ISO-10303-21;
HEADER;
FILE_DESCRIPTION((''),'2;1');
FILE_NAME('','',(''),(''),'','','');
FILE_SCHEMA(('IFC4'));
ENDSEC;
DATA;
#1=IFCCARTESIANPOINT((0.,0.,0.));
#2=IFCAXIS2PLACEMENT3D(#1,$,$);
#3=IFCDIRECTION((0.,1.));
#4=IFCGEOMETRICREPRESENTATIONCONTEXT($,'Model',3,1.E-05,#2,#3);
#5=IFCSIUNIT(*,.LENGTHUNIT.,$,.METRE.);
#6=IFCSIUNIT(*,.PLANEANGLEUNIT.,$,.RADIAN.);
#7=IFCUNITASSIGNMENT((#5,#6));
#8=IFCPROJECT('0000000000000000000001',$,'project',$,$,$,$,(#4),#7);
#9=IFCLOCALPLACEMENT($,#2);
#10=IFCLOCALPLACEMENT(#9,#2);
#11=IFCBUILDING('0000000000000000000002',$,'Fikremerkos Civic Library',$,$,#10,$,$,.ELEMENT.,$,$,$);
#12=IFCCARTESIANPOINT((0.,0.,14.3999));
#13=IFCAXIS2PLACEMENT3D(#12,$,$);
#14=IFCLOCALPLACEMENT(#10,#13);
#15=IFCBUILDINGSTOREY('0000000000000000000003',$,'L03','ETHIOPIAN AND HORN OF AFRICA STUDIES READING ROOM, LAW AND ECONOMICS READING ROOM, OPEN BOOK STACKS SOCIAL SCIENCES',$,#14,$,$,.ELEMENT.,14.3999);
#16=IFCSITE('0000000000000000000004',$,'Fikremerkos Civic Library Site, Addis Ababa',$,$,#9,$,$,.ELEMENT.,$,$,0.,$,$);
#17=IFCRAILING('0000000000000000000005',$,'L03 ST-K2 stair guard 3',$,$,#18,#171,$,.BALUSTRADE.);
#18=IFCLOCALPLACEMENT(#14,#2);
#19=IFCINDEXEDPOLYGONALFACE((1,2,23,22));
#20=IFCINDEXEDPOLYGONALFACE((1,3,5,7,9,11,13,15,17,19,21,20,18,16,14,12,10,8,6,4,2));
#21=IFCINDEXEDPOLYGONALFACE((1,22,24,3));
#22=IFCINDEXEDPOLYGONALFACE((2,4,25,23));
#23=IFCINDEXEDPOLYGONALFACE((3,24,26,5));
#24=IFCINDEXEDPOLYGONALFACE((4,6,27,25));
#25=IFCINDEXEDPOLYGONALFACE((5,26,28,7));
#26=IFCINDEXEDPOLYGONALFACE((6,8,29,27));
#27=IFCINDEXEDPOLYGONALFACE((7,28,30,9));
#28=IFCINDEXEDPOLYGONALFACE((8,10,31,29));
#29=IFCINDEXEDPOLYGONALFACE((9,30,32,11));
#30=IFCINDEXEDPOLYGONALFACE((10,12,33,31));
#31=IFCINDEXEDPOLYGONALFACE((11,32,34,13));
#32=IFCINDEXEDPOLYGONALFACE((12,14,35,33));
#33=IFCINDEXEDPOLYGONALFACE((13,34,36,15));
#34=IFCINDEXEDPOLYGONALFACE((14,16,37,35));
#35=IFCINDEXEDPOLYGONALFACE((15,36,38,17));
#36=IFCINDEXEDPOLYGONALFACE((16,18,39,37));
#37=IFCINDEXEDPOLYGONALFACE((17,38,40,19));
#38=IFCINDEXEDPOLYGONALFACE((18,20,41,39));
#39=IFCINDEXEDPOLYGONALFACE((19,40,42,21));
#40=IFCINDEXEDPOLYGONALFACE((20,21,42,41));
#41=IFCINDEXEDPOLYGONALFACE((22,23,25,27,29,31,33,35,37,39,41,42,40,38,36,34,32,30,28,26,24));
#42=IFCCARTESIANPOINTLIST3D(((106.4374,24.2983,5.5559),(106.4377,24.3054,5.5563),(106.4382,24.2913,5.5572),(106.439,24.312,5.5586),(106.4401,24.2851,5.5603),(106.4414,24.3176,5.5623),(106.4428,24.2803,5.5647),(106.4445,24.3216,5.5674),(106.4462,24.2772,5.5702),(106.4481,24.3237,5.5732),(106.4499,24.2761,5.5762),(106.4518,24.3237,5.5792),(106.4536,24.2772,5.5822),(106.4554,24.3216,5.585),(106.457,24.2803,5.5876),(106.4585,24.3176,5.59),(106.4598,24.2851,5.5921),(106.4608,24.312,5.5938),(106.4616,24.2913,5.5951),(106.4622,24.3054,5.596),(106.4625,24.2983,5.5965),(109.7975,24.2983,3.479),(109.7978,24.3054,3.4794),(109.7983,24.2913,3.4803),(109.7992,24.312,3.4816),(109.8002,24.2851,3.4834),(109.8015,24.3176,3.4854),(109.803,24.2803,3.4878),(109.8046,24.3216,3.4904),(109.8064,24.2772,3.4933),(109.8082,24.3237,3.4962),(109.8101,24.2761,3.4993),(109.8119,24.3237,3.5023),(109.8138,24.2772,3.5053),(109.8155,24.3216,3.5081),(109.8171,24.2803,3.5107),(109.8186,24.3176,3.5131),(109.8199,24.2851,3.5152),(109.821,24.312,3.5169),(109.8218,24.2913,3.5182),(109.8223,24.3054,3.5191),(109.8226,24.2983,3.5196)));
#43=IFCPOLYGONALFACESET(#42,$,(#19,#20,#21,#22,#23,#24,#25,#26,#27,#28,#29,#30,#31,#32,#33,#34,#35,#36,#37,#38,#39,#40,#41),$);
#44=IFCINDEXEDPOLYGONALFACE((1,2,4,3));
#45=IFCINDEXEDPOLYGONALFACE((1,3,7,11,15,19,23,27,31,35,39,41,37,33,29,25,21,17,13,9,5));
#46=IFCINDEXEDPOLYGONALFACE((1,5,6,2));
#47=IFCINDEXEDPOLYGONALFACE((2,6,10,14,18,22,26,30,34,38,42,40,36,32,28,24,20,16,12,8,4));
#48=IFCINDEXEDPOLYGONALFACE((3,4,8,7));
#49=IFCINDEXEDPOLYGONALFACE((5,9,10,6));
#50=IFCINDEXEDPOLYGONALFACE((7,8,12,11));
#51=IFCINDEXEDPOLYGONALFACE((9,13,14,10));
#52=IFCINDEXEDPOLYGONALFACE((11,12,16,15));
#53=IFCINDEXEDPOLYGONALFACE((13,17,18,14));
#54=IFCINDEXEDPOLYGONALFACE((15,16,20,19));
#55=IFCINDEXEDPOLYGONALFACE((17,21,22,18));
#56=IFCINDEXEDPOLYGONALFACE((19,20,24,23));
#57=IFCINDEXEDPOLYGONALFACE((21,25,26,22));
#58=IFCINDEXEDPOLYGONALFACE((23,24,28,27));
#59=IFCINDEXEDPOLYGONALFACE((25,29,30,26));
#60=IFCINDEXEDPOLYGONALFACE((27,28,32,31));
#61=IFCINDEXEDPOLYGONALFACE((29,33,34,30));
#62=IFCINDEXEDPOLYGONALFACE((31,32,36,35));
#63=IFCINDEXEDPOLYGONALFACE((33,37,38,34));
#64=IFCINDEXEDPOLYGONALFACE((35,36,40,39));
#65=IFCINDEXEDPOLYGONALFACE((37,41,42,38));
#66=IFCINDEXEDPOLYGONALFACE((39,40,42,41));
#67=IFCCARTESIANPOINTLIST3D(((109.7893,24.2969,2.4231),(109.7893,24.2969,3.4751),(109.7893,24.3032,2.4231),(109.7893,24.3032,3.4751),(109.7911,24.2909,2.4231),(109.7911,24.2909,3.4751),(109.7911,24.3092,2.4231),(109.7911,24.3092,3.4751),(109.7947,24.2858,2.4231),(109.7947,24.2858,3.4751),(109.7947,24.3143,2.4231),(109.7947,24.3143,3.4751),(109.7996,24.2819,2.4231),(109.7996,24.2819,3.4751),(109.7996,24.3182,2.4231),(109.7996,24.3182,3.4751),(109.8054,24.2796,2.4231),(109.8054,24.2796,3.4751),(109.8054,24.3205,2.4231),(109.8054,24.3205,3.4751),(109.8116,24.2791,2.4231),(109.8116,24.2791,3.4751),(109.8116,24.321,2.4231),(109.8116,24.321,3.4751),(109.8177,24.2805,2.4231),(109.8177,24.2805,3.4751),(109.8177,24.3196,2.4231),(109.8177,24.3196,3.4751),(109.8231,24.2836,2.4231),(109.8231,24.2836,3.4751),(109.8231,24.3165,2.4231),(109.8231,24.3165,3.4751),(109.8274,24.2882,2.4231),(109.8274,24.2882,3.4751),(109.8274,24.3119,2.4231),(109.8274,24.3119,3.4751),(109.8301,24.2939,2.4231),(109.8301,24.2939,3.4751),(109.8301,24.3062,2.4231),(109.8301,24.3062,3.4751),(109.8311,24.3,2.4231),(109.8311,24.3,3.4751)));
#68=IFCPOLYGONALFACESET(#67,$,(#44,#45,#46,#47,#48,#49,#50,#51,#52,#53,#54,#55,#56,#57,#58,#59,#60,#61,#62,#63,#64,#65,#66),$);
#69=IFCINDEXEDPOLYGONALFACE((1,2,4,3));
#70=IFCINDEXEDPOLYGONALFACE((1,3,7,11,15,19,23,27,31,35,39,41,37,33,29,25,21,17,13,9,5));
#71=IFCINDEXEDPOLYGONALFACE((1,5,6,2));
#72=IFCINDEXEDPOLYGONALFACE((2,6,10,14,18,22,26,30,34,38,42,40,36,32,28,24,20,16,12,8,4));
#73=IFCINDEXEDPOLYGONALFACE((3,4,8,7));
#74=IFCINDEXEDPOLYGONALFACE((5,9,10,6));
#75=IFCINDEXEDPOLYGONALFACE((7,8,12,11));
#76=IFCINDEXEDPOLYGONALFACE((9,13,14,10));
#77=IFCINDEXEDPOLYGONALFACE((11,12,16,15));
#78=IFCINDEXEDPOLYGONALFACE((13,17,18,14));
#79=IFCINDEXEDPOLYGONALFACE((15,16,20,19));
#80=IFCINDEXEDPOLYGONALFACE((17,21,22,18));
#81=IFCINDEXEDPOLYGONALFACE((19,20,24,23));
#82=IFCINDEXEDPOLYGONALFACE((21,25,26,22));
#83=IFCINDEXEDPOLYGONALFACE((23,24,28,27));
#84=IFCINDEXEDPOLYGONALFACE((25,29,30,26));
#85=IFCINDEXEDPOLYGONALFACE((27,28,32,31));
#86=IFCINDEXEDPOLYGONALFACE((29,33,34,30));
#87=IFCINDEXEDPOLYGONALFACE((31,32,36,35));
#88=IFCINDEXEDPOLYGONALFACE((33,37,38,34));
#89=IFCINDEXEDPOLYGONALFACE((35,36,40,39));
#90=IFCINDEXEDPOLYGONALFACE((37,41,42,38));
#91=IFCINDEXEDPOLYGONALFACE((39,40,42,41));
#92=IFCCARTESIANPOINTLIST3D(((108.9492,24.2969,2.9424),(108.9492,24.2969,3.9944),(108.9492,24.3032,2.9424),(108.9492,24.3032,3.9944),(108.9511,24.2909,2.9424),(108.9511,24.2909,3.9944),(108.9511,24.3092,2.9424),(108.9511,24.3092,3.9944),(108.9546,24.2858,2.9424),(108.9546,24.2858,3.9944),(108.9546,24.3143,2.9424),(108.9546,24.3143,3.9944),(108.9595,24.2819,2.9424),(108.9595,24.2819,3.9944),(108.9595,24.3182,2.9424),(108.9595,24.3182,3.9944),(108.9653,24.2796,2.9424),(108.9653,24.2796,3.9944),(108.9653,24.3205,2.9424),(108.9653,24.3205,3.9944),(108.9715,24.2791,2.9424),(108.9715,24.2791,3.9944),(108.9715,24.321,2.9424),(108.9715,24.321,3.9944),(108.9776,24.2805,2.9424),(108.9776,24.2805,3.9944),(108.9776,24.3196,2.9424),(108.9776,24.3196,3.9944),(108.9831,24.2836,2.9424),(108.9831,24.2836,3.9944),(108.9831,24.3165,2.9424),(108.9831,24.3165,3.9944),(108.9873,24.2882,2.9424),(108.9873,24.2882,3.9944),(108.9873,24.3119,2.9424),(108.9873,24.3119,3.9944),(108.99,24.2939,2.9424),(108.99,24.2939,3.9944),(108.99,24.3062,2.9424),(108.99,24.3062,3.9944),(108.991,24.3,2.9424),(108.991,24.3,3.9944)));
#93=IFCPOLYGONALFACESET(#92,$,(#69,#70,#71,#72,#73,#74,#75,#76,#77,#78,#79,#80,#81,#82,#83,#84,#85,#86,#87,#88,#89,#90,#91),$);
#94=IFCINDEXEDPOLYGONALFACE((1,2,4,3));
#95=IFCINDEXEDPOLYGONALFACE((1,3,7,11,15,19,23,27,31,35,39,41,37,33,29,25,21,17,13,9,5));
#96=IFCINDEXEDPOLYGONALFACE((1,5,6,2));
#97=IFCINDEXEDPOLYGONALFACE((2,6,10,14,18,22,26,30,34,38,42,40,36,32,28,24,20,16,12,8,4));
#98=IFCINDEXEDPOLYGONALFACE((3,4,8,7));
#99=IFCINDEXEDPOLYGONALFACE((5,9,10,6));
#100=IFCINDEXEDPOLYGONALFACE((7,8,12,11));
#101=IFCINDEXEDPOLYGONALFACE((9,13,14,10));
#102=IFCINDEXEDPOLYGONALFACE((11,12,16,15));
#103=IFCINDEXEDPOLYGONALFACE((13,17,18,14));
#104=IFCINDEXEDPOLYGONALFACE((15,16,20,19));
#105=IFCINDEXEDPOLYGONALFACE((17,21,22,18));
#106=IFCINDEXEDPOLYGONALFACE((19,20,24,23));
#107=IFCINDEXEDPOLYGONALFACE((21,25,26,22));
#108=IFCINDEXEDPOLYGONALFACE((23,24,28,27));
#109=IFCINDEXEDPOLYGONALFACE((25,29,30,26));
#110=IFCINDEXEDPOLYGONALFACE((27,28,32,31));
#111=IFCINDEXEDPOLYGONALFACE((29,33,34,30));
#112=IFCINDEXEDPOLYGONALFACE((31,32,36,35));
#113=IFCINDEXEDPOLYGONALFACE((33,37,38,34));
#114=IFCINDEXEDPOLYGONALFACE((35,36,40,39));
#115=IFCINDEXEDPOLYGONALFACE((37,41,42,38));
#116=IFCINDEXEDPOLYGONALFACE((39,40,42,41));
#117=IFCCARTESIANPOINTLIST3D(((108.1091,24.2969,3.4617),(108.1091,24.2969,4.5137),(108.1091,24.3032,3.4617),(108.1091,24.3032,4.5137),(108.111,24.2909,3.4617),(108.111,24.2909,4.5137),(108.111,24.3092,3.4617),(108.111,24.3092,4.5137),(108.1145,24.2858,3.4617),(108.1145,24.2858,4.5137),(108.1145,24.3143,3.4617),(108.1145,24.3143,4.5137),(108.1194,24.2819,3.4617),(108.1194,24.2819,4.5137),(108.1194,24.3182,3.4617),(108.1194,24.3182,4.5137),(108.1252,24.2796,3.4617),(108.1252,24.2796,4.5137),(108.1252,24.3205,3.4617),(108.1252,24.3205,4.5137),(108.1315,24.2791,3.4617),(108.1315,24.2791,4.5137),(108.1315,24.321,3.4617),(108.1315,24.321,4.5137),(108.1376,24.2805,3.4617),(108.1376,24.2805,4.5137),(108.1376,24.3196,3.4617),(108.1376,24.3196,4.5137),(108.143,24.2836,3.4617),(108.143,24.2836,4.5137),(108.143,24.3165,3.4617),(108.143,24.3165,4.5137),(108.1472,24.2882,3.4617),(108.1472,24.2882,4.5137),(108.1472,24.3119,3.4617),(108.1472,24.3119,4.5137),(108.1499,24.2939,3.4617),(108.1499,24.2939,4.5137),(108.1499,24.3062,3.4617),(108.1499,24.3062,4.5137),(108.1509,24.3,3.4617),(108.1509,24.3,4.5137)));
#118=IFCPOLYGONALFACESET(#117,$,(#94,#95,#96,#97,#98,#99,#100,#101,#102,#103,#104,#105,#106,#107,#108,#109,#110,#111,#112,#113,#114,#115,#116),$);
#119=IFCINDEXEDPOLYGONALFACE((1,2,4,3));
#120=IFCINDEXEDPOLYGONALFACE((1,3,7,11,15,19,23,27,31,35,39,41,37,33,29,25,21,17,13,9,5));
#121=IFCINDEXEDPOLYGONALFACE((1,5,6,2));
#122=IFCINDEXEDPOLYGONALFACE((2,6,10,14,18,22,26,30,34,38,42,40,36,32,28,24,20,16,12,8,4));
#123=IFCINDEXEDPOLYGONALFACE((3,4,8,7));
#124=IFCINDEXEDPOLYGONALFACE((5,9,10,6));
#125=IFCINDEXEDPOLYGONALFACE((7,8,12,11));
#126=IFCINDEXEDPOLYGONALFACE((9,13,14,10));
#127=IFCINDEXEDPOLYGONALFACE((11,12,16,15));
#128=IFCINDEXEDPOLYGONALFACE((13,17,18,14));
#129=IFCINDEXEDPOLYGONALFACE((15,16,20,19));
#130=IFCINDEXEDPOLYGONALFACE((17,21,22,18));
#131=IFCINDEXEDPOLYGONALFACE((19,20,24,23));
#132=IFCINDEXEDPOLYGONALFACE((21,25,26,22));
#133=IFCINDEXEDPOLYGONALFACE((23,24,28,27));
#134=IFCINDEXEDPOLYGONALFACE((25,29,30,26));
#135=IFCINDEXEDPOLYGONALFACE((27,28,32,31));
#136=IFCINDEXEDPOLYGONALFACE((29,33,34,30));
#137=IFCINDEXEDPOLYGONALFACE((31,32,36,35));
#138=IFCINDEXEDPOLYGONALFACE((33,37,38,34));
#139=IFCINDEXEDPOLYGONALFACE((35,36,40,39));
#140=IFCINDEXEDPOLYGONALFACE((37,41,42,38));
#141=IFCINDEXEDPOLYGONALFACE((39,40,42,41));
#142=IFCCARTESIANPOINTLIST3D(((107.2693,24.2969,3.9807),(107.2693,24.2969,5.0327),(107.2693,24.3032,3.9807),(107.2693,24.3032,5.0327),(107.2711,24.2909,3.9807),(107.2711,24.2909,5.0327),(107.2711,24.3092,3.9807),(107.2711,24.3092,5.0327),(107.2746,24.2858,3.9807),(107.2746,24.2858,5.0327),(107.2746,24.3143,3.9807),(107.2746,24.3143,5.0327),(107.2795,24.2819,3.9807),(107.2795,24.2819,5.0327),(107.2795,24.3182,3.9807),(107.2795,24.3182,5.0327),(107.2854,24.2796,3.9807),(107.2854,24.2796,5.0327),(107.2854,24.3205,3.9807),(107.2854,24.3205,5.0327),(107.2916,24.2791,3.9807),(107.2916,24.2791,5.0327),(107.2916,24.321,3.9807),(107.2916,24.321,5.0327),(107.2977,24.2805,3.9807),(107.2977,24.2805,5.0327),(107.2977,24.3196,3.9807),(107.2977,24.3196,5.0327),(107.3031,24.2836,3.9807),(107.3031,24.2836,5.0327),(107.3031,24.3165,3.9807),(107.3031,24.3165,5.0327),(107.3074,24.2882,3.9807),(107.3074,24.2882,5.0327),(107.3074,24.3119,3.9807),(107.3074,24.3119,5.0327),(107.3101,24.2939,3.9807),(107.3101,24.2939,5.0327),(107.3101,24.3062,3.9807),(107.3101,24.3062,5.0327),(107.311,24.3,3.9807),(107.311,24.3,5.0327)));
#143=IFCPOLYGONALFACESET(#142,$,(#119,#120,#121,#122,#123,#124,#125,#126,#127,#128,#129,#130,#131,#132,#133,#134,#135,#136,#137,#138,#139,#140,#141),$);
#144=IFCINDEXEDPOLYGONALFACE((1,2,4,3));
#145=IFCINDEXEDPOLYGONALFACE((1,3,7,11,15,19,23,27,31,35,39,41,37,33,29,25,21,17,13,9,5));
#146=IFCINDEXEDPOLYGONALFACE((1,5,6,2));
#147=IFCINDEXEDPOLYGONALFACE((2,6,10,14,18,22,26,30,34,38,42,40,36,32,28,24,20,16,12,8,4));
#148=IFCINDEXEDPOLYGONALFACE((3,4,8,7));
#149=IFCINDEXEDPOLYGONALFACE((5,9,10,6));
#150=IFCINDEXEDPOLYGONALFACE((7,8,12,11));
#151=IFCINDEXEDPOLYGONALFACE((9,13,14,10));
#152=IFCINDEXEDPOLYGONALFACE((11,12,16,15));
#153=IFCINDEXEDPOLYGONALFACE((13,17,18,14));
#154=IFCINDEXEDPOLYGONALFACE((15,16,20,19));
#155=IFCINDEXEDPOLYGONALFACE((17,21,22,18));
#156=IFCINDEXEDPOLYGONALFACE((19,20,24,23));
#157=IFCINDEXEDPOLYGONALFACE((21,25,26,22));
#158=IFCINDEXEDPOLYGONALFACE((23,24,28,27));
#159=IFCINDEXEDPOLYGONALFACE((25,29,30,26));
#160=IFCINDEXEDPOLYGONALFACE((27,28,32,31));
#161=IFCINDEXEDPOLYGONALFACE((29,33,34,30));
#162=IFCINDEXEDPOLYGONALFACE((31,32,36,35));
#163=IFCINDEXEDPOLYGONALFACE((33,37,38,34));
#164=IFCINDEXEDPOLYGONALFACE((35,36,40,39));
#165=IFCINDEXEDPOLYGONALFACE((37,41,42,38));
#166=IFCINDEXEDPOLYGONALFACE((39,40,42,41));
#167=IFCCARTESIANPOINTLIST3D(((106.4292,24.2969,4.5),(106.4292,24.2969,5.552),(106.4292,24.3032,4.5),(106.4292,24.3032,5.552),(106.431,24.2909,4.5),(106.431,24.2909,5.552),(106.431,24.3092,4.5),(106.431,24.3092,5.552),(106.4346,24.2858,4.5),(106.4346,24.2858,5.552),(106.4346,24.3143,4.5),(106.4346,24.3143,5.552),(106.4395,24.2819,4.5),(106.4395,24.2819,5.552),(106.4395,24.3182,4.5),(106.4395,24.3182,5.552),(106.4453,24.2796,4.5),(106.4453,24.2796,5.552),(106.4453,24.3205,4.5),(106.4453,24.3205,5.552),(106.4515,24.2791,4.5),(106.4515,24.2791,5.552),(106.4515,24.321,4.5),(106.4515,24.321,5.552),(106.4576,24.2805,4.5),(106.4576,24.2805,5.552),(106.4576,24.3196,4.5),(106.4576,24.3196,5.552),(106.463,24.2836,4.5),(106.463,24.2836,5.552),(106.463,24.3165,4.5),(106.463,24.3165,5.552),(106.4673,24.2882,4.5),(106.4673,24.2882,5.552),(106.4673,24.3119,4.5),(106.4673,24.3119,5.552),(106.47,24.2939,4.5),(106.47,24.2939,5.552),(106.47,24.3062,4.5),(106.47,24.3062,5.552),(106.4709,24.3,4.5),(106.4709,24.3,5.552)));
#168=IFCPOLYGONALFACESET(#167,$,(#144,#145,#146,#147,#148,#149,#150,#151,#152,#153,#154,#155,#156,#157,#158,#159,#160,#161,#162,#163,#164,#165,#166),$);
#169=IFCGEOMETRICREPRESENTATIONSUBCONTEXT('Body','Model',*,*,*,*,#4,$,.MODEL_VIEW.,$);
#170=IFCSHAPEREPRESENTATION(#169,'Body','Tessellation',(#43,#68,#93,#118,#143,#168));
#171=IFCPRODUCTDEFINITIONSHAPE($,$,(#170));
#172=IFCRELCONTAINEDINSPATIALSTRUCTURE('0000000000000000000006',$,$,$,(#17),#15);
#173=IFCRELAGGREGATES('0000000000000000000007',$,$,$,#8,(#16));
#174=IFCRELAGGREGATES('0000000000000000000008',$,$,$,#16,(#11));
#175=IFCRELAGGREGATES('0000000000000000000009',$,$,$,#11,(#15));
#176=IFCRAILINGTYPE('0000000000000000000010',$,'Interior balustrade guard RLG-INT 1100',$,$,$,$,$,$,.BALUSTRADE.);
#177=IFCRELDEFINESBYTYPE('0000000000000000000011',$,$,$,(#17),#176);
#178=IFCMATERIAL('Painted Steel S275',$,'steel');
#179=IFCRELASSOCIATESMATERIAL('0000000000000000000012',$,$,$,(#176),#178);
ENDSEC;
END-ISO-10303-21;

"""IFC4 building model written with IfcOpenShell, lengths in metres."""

from ifc_helpers import new_model, si_unit, direction, frame, origin, origin_2d, place, context, subcontext, project, spatial, circle, extrude, material, type_object, element, save


model = new_model("IFC4")

# Units and contexts
model_context = context("Model", 3, precision=1e-05, world=origin(), true_north=direction((0.0, 1.0)))
body_context = subcontext(model_context, "Body", "Model", "MODEL_VIEW")
ifc_project = project(units=[si_unit("LENGTHUNIT", "METRE"), si_unit("PLANEANGLEUNIT", "RADIAN")], contexts=[model_context])

# Site, building, storey
site_placement = place(None, origin())
site = spatial("IfcSite", under=ifc_project, at=site_placement, Name="Fikremerkos Civic Library Site, Addis Ababa", CompositionType="ELEMENT", RefElevation=0.0)
building_placement = place(site_placement, origin())
building = spatial("IfcBuilding", under=site, at=building_placement, Name="Fikremerkos Civic Library", CompositionType="ELEMENT")
storey_placement = place(building_placement, frame((0.0, 0.0, 14.3999)))
storey = spatial("IfcBuildingStorey", under=building, at=storey_placement, Name="L03", Description="ETHIOPIAN AND HORN OF AFRICA STUDIES READING ROOM, LAW AND ECONOMICS READING ROOM, OPEN BOOK STACKS SOCIAL SCIENCES", CompositionType="ELEMENT", Elevation=14.3999)

# Railing
ifc_material_1 = material(Name="Painted Steel S275", Category="steel")
railing_type_1 = type_object("IfcRailingType", Name="Interior balustrade guard RLG-INT 1100", PredefinedType="BALUSTRADE", material=ifc_material_1)
railing_1_placement = place(storey_placement, frame((109.8101, 24.3, 2.4231)))
element("IfcRailing", 1, at=railing_1_placement, inside=storey, type_object=railing_type_1, Name="L03 ST-K2 stair guard 3", PredefinedType="BALUSTRADE", context=body_context, shape_type="SweptSolid", body=[
    extrude(circle(Radius=0.0239, at=origin_2d()), frame((0.0, 0.0, 1.0762), z_axis=(-0.850623, 0.0, 0.525776), x_axis=(0.0, -1.0, 0.0)), (0.0, 0.0, 1.0), 3.9502),
    extrude(circle(Radius=0.021, at=origin_2d()), origin(), (0.0, 0.0, 1.0), 1.052),
    extrude(circle(Radius=0.021, at=origin_2d()), frame((-0.8401, 0.0, 0.5193)), (0.0, 0.0, 1.0), 1.052),
    extrude(circle(Radius=0.021, at=origin_2d()), frame((-1.6802, 0.0, 1.0386)), (0.0, 0.0, 1.0), 1.052),
    extrude(circle(Radius=0.021, at=origin_2d()), frame((-2.52, 0.0, 1.5576)), (0.0, 0.0, 1.0), 1.052),
    extrude(circle(Radius=0.021, at=origin_2d()), frame((-3.3601, 0.0, 2.0769)), (0.0, 0.0, 1.0), 1.052),
])

save(model, "model.ifc")
